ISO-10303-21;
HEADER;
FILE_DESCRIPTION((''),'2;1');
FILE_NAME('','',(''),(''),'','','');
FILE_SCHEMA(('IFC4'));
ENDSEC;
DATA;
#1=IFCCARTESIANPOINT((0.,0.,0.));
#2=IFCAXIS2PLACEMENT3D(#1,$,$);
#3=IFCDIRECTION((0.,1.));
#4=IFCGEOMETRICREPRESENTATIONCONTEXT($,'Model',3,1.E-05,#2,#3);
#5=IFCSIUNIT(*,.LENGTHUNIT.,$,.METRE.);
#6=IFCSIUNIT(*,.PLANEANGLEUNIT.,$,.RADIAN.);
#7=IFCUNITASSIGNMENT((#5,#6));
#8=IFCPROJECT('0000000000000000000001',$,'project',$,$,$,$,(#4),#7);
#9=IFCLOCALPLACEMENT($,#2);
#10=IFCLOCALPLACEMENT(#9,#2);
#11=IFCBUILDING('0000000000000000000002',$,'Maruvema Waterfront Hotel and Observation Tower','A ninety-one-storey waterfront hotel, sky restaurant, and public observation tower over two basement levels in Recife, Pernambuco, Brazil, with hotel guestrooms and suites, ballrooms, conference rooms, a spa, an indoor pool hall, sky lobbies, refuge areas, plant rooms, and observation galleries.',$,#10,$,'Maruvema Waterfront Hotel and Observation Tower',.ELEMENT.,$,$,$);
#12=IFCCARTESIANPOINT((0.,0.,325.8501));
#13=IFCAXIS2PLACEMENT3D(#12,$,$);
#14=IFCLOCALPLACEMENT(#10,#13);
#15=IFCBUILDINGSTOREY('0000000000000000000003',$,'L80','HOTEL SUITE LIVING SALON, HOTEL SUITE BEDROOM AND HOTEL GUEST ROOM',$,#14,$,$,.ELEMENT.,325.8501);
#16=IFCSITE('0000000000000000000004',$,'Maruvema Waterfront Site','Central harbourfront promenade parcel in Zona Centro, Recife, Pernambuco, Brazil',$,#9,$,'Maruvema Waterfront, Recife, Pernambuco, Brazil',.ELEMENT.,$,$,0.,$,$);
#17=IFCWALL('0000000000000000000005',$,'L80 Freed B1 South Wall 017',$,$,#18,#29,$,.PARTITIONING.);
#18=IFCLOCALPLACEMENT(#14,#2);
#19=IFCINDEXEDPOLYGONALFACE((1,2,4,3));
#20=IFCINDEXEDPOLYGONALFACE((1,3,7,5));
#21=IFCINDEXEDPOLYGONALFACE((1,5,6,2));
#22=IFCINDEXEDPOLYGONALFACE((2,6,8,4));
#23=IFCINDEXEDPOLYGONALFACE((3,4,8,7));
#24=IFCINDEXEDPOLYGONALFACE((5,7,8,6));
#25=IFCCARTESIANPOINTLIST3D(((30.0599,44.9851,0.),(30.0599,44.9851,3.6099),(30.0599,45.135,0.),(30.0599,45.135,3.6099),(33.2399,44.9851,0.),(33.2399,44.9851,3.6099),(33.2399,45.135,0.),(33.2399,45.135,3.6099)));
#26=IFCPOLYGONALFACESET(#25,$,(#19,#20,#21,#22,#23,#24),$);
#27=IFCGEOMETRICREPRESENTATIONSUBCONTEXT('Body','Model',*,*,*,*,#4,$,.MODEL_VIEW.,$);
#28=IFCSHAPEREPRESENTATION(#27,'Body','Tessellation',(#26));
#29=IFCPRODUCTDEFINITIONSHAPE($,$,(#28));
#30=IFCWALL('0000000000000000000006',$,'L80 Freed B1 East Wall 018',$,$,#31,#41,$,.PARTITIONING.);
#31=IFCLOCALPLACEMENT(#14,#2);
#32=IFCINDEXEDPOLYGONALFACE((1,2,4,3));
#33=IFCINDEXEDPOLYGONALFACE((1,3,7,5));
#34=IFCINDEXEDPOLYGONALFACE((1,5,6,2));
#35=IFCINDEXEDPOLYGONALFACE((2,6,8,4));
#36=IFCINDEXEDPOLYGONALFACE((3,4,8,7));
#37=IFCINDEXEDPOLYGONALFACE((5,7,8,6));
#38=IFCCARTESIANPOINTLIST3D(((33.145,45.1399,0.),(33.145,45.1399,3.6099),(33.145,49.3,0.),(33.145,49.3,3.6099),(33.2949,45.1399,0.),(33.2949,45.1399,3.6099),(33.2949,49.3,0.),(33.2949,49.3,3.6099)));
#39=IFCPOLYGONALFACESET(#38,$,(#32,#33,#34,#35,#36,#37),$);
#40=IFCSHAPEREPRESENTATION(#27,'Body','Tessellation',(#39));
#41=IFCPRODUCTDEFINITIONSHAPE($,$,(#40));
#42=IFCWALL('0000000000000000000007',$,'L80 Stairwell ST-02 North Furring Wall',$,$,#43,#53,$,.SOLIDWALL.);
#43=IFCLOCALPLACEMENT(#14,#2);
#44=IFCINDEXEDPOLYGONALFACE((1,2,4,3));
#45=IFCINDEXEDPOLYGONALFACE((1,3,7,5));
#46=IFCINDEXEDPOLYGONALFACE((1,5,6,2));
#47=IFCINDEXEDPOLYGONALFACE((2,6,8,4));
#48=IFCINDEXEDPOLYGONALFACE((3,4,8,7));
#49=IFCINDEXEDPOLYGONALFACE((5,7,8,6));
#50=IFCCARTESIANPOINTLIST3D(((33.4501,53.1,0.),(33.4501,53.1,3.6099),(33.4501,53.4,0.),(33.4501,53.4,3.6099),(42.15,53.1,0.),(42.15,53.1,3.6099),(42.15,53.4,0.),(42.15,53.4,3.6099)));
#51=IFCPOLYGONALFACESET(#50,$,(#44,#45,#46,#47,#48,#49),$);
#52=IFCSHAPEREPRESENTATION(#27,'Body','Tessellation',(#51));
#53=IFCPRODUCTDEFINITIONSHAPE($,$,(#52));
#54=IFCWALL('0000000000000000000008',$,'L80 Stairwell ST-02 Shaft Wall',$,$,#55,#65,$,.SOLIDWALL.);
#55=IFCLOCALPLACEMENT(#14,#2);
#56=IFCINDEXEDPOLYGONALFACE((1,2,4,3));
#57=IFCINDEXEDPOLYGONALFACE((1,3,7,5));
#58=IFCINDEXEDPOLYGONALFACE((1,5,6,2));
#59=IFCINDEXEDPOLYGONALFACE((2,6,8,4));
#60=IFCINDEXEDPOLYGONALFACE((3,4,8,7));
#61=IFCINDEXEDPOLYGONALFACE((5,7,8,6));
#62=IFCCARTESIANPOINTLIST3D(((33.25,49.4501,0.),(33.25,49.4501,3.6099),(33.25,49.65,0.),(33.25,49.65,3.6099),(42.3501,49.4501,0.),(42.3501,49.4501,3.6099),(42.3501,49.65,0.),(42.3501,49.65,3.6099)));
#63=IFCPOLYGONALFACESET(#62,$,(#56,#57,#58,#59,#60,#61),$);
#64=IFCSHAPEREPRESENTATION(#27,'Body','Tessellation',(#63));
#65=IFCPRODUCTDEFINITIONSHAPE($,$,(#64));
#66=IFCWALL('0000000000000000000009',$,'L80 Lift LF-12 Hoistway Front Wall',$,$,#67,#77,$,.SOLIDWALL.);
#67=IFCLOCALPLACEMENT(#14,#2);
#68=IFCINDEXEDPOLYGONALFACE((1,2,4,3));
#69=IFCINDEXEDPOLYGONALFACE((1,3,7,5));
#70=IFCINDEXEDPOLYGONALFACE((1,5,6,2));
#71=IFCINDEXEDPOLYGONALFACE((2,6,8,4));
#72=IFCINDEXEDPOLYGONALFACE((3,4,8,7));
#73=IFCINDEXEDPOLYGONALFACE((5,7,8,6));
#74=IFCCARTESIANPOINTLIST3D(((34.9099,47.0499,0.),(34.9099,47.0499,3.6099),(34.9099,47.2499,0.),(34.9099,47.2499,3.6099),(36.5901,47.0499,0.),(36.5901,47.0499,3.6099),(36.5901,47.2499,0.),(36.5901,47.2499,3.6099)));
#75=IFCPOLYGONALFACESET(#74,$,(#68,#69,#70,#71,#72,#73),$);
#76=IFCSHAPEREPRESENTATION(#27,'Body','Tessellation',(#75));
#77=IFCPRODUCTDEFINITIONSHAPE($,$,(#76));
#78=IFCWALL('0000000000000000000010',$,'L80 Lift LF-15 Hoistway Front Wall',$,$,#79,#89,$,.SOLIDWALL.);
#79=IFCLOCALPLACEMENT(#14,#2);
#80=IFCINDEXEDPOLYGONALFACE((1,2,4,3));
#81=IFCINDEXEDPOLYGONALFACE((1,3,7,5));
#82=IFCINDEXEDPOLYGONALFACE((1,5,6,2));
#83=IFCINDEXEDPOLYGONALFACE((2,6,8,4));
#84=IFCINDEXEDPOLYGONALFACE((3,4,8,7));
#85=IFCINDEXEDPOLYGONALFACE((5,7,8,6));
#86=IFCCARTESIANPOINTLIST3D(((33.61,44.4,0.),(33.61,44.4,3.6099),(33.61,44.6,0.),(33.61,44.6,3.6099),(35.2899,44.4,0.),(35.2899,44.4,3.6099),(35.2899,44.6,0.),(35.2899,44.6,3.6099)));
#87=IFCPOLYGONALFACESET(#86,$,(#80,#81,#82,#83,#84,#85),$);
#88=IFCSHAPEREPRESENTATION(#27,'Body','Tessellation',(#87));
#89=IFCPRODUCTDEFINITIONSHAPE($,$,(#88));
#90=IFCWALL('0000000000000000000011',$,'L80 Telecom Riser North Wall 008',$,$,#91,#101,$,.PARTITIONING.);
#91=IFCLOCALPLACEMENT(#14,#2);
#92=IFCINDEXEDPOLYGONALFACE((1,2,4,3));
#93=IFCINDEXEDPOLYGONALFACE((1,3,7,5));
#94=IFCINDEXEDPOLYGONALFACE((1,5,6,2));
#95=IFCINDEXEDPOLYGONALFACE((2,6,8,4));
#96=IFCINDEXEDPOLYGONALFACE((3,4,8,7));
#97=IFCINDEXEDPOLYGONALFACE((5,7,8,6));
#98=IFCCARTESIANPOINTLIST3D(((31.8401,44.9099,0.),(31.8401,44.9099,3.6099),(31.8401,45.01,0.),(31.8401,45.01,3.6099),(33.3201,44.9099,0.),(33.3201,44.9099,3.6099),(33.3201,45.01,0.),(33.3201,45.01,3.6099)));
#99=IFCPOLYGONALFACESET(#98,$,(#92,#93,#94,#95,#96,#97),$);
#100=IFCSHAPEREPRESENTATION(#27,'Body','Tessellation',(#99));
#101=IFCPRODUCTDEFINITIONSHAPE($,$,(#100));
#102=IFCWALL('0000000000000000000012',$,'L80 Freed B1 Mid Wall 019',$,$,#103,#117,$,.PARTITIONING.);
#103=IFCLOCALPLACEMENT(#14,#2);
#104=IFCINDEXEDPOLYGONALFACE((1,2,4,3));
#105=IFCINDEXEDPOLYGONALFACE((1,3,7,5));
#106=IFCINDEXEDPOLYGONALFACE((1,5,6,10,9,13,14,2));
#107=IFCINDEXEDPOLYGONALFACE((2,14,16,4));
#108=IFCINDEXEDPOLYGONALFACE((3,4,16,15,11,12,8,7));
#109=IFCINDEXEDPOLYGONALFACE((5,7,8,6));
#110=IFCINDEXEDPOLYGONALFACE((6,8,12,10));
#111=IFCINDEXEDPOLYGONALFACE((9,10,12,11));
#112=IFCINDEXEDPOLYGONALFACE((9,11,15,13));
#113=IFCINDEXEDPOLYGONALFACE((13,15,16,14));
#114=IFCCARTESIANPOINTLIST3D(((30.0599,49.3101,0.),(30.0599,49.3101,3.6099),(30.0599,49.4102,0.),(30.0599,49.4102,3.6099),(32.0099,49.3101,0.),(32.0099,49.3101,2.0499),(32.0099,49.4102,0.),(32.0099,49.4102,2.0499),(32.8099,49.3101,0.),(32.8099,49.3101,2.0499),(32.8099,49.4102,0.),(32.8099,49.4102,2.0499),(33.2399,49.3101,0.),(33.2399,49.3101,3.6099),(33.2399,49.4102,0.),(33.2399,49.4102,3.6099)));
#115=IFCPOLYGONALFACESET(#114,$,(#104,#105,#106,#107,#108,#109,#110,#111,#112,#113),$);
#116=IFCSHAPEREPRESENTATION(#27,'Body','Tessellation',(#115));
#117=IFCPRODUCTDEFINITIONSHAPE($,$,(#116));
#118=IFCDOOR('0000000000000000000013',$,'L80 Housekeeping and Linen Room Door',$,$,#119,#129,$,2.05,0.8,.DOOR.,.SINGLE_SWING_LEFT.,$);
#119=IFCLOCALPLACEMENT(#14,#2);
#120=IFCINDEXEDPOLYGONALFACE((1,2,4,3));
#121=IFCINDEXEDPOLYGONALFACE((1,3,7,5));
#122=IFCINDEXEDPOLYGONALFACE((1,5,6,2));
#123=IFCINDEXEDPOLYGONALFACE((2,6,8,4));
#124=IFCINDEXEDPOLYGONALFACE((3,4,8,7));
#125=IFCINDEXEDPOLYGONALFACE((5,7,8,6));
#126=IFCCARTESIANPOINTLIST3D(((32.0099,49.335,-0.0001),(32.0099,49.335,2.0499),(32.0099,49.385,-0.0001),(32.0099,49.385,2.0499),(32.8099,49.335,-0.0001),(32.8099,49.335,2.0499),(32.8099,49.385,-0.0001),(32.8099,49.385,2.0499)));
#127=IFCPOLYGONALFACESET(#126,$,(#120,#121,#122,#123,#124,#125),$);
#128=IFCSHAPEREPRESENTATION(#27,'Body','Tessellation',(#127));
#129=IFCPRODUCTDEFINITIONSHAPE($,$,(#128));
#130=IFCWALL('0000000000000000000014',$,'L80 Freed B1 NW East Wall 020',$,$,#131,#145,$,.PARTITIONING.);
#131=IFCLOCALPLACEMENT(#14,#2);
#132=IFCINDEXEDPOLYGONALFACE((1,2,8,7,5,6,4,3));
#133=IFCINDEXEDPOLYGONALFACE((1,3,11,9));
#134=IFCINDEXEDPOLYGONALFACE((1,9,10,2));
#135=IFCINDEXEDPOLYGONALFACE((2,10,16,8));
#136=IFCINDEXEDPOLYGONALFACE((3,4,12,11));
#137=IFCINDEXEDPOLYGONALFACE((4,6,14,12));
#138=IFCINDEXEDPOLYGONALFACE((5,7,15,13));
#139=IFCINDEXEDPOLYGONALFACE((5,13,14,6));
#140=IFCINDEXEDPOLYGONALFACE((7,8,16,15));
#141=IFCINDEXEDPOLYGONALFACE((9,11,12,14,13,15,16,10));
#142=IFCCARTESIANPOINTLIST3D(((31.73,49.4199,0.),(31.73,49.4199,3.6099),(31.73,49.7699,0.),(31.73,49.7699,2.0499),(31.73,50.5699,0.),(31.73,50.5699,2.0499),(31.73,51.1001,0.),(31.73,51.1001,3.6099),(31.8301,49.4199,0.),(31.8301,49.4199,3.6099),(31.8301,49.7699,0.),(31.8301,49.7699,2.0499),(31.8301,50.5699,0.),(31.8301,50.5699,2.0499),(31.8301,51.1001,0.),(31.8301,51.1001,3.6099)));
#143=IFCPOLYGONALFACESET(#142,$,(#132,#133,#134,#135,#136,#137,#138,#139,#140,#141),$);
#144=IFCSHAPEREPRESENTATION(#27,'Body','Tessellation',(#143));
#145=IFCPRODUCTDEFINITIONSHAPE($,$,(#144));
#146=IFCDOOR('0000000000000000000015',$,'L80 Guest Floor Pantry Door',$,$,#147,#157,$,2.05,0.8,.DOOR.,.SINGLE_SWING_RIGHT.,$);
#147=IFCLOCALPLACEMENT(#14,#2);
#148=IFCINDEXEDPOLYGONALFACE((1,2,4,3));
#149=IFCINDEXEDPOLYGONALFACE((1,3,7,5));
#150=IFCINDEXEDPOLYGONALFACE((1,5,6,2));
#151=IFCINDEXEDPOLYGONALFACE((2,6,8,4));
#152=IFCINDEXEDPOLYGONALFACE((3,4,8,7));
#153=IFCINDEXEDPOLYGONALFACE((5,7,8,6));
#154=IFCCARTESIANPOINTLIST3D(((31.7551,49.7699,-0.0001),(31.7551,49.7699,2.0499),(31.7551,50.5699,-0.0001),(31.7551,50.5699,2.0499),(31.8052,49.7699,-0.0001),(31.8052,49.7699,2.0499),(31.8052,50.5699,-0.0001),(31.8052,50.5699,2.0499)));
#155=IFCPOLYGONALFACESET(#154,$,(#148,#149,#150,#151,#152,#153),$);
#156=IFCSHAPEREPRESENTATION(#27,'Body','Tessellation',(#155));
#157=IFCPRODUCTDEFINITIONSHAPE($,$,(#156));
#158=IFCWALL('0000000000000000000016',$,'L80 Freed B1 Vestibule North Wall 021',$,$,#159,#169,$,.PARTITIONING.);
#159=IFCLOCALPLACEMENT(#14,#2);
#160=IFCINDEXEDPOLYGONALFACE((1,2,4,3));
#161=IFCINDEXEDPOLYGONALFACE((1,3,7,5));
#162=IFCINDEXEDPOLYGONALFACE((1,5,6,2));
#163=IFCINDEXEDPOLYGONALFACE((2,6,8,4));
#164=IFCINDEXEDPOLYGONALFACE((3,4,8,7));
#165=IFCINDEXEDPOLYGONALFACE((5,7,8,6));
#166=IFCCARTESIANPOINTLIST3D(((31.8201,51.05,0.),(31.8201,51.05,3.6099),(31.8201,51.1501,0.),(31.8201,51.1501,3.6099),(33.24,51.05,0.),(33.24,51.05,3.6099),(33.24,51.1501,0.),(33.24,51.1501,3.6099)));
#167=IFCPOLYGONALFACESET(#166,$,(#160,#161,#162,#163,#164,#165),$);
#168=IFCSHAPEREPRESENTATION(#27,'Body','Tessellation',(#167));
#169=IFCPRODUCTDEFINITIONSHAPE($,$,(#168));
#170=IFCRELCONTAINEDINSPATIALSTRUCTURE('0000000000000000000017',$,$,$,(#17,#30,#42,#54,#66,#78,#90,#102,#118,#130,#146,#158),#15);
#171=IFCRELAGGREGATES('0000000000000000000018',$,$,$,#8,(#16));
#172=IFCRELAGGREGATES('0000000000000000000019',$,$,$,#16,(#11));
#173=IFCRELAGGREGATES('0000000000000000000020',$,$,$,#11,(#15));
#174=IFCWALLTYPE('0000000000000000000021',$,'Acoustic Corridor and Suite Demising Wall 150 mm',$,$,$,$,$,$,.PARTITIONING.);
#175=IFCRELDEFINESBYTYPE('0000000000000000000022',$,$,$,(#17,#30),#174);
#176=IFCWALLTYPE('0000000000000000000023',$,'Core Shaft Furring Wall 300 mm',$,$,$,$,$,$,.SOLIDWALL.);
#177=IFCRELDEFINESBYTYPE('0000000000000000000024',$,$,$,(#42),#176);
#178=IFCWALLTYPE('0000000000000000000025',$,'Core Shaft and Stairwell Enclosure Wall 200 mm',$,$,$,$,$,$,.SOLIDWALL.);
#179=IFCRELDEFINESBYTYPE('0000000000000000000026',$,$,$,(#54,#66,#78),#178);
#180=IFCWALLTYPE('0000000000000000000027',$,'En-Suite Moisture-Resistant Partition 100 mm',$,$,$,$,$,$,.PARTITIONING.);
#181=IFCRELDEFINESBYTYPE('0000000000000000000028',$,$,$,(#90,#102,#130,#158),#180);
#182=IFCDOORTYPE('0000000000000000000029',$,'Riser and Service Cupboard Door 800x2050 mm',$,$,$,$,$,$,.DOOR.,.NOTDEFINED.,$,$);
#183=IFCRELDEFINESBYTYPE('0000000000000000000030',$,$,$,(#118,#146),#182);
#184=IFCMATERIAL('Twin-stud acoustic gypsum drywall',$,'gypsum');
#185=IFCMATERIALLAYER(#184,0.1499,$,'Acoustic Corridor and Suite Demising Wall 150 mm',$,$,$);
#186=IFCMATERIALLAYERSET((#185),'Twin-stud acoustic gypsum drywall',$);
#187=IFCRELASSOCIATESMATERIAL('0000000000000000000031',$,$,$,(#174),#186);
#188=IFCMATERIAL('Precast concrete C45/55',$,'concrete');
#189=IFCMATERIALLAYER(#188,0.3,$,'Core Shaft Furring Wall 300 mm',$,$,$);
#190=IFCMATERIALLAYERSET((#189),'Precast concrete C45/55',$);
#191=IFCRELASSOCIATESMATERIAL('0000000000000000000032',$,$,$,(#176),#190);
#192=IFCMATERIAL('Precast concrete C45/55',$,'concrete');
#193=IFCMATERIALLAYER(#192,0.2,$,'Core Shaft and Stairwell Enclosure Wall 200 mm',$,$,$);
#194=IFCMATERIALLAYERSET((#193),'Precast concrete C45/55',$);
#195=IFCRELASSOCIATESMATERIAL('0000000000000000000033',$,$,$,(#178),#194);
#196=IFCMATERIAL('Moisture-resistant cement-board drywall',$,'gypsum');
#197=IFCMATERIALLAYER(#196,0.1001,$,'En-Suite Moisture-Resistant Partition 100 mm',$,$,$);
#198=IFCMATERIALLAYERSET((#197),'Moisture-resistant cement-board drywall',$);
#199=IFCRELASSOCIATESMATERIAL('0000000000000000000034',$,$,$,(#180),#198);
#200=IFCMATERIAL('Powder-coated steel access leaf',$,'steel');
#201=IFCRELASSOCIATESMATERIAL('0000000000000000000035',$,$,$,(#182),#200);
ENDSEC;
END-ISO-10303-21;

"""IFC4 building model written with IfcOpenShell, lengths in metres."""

from ifc_helpers import new_model, si_unit, direction, frame, frame_2d, origin, place, context, subcontext, project, spatial, rectangle, extrude, material, layer, layer_set, type_object, element, fill, save


model = new_model("IFC4")

# Units and contexts
model_context = context("Model", 3, precision=1e-05, world=origin(), true_north=direction((0.0, 1.0)))
body_context = subcontext(model_context, "Body", "Model", "MODEL_VIEW")
ifc_project = project(units=[si_unit("LENGTHUNIT", "METRE"), si_unit("PLANEANGLEUNIT", "RADIAN")], contexts=[model_context])

# Site, building, storey
site_placement = place(None, origin())
site = spatial("IfcSite", under=ifc_project, at=site_placement, Name="Maruvema Waterfront Site", Description="Central harbourfront promenade parcel in Zona Centro, Recife, Pernambuco, Brazil", LongName="Maruvema Waterfront, Recife, Pernambuco, Brazil", CompositionType="ELEMENT", RefElevation=0.0)
building_placement = place(site_placement, origin())
building = spatial("IfcBuilding", under=site, at=building_placement, Name="Maruvema Waterfront Hotel and Observation Tower", Description="A ninety-one-storey waterfront hotel, sky restaurant, and public observation tower over two basement levels in Recife, Pernambuco, Brazil, with hotel guestrooms and suites, ballrooms, conference rooms, a spa, an indoor pool hall, sky lobbies, refuge areas, plant rooms, and observation galleries.", LongName="Maruvema Waterfront Hotel and Observation Tower", CompositionType="ELEMENT")
storey_placement = place(building_placement, frame((0.0, 0.0, 325.8501)))
storey = spatial("IfcBuildingStorey", under=building, at=storey_placement, Name="L80", Description="HOTEL SUITE LIVING SALON, HOTEL SUITE BEDROOM AND HOTEL GUEST ROOM", CompositionType="ELEMENT", Elevation=325.8501)

# Walls
ifc_material_1 = material(Name="Twin-stud acoustic gypsum drywall", Category="gypsum")
ifc_layer_1 = layer(ifc_material_1, 0.1499, Name="Acoustic Corridor and Suite Demising Wall 150 mm")
ifc_layer_set_1 = layer_set([ifc_layer_1], Name="Twin-stud acoustic gypsum drywall")
wall_type_1 = type_object("IfcWallType", Name="Acoustic Corridor and Suite Demising Wall 150 mm", PredefinedType="PARTITIONING", material=ifc_layer_set_1)
wall_1_placement = place(storey_placement, frame((30.0601, 45.0601, 0.0), z_axis=(0.0, 0.0, 1.0), x_axis=(1.0, 0.0, 0.0)))
element("IfcWall", 1, at=wall_1_placement, inside=storey, type_object=wall_type_1, Name="L80 Freed B1 South Wall 017", PredefinedType="PARTITIONING", context=body_context, shape_type="SweptSolid", body=[
    extrude(rectangle(XDim=3.1799, YDim=0.1499, at=frame_2d((1.5898, 0.0))), origin(), (0.0, 0.0, 1.0), 3.6099),
])
wall_2_placement = place(storey_placement, frame((33.22, 45.1399, 0.0), z_axis=(0.0, 0.0, 1.0), x_axis=(0.0, 1.0, 0.0)))
element("IfcWall", 2, at=wall_2_placement, inside=storey, type_object=wall_type_1, Name="L80 Freed B1 East Wall 018", PredefinedType="PARTITIONING", context=body_context, shape_type="SweptSolid", body=[
    extrude(rectangle(XDim=4.1602, YDim=0.1499, at=frame_2d((2.0801, 0.0))), origin(), (0.0, 0.0, 1.0), 3.6099),
])
ifc_material_2 = material(Name="Precast concrete C45/55", Category="concrete")
ifc_layer_2 = layer(ifc_material_2, 0.3, Name="Core Shaft Furring Wall 300 mm")
ifc_layer_set_2 = layer_set([ifc_layer_2], Name="Precast concrete C45/55")
wall_type_2 = type_object("IfcWallType", Name="Core Shaft Furring Wall 300 mm", PredefinedType="SOLIDWALL", material=ifc_layer_set_2)
wall_3_placement = place(storey_placement, frame((33.45, 53.25, 0.0), z_axis=(0.0, 0.0, 1.0), x_axis=(1.0, 0.0, 0.0)))
element("IfcWall", 3, at=wall_3_placement, inside=storey, type_object=wall_type_2, Name="L80 Stairwell ST-02 North Furring Wall", PredefinedType="SOLIDWALL", context=body_context, shape_type="SweptSolid", body=[
    extrude(rectangle(XDim=8.7, YDim=0.3, at=frame_2d((4.3501, 0.0))), origin(), (0.0, 0.0, 1.0), 3.6099),
])
ifc_material_3 = material(Name="Precast concrete C45/55", Category="concrete")
ifc_layer_3 = layer(ifc_material_3, 0.2, Name="Core Shaft and Stairwell Enclosure Wall 200 mm")
ifc_layer_set_3 = layer_set([ifc_layer_3], Name="Precast concrete C45/55")
wall_type_3 = type_object("IfcWallType", Name="Core Shaft and Stairwell Enclosure Wall 200 mm", PredefinedType="SOLIDWALL", material=ifc_layer_set_3)
wall_4_placement = place(storey_placement, frame((33.25, 49.55, 0.0), z_axis=(0.0, 0.0, 1.0), x_axis=(1.0, 0.0, 0.0)))
element("IfcWall", 4, at=wall_4_placement, inside=storey, type_object=wall_type_3, Name="L80 Stairwell ST-02 Shaft Wall", PredefinedType="SOLIDWALL", context=body_context, shape_type="SweptSolid", body=[
    extrude(rectangle(XDim=9.1001, YDim=0.2, at=frame_2d((4.55, 0.0))), origin(), (0.0, 0.0, 1.0), 3.6099),
])

# Walls
wall_5_placement = place(storey_placement, frame((34.9099, 47.1499, 0.0), z_axis=(0.0, 0.0, 1.0), x_axis=(1.0, 0.0, 0.0)))
element("IfcWall", 5, at=wall_5_placement, inside=storey, type_object=wall_type_3, Name="L80 Lift LF-12 Hoistway Front Wall", PredefinedType="SOLIDWALL", context=body_context, shape_type="SweptSolid", body=[
    extrude(rectangle(XDim=1.6802, YDim=0.2, at=frame_2d((0.8401, 0.0))), origin(), (0.0, 0.0, 1.0), 3.6099),
])
wall_6_placement = place(storey_placement, frame((33.6101, 44.5, 0.0), z_axis=(0.0, 0.0, 1.0), x_axis=(1.0, 0.0, 0.0)))
element("IfcWall", 6, at=wall_6_placement, inside=storey, type_object=wall_type_3, Name="L80 Lift LF-15 Hoistway Front Wall", PredefinedType="SOLIDWALL", context=body_context, shape_type="SweptSolid", body=[
    extrude(rectangle(XDim=1.6799, YDim=0.2, at=frame_2d((0.8398, 0.0))), origin(), (0.0, 0.0, 1.0), 3.6099),
])
ifc_material_4 = material(Name="Moisture-resistant cement-board drywall", Category="gypsum")
ifc_layer_4 = layer(ifc_material_4, 0.1001, Name="En-Suite Moisture-Resistant Partition 100 mm")
ifc_layer_set_4 = layer_set([ifc_layer_4], Name="Moisture-resistant cement-board drywall")
wall_type_4 = type_object("IfcWallType", Name="En-Suite Moisture-Resistant Partition 100 mm", PredefinedType="PARTITIONING", material=ifc_layer_set_4)
wall_7_placement = place(storey_placement, frame((31.8401, 44.96, 0.0), z_axis=(0.0, 0.0, 1.0), x_axis=(1.0, 0.0, 0.0)))
element("IfcWall", 7, at=wall_7_placement, inside=storey, type_object=wall_type_4, Name="L80 Telecom Riser North Wall 008", PredefinedType="PARTITIONING", context=body_context, shape_type="SweptSolid", body=[
    extrude(rectangle(XDim=1.48, YDim=0.1001, at=frame_2d((0.74, 0.0))), origin(), (0.0, 0.0, 1.0), 3.6099),
])

# Walls, openings, doors
wall_8_placement = place(storey_placement, frame((30.0601, 49.3601, 0.0), z_axis=(0.0, 0.0, 1.0), x_axis=(1.0, 0.0, 0.0)))
wall_8 = element("IfcWall", 8, at=wall_8_placement, inside=storey, type_object=wall_type_4, Name="L80 Freed B1 Mid Wall 019", PredefinedType="PARTITIONING", context=body_context, shape_type="SweptSolid", body=[
    extrude(rectangle(XDim=3.1799, YDim=0.1001, at=frame_2d((1.5898, 0.0))), origin(), (0.0, 0.0, 1.0), 3.6099),
])
opening_1_placement = place(wall_8_placement, frame((1.95, 0.0, 0.0)))
opening_1 = element("IfcOpeningElement", 9, at=opening_1_placement, cuts=wall_8, PredefinedType="OPENING", context=body_context, shape_type="SweptSolid", body=[
    extrude(rectangle(XDim=0.8, YDim=2.05, at=frame_2d((0.3999, 1.0249))), frame((0.0, 0.0601, 0.0), z_axis=(0.0, -1.0, 0.0), x_axis=(1.0, 0.0, 0.0)), (0.0, 0.0, 1.0), 0.1201),
])
ifc_material_5 = material(Name="Powder-coated steel access leaf", Category="steel")
door_type_1 = type_object("IfcDoorType", Name="Riser and Service Cupboard Door 800x2050 mm", OperationType="NOTDEFINED", PredefinedType="DOOR", material=ifc_material_5)
door_1_placement = place(opening_1_placement, origin())
door_1 = element("IfcDoor", 10, at=door_1_placement, inside=storey, type_object=door_type_1, Name="L80 Housekeeping and Linen Room Door", OperationType="SINGLE_SWING_LEFT", OverallHeight=2.05, OverallWidth=0.8, PredefinedType="DOOR", context=body_context, shape_type="SweptSolid", body=[
    extrude(rectangle(XDim=0.8, YDim=2.05, at=frame_2d((0.3999, 1.0249))), frame((0.0, 0.0249, 0.0), z_axis=(0.0, -1.0, 0.0), x_axis=(1.0, 0.0, 0.0)), (0.0, 0.0, 1.0), 0.05),
])
fill(opening_1, door_1)
wall_9_placement = place(storey_placement, frame((31.78, 49.4199, 0.0), z_axis=(0.0, 0.0, 1.0), x_axis=(0.0, 1.0, 0.0)))
wall_9 = element("IfcWall", 11, at=wall_9_placement, inside=storey, type_object=wall_type_4, Name="L80 Freed B1 NW East Wall 020", PredefinedType="PARTITIONING", context=body_context, shape_type="SweptSolid", body=[
    extrude(rectangle(XDim=1.6802, YDim=0.1001, at=frame_2d((0.8401, 0.0))), origin(), (0.0, 0.0, 1.0), 3.6099),
])
opening_2_placement = place(wall_9_placement, frame((0.3501, 0.0, 0.0)))
opening_2 = element("IfcOpeningElement", 12, at=opening_2_placement, cuts=wall_9, PredefinedType="OPENING", context=body_context, shape_type="SweptSolid", body=[
    extrude(rectangle(XDim=0.8, YDim=2.05, at=frame_2d((0.3999, 1.0249))), frame((0.0, 0.0601, 0.0), z_axis=(0.0, -1.0, 0.0), x_axis=(1.0, 0.0, 0.0)), (0.0, 0.0, 1.0), 0.1201),
])
door_2_placement = place(opening_2_placement, origin())
door_2 = element("IfcDoor", 13, at=door_2_placement, inside=storey, type_object=door_type_1, Name="L80 Guest Floor Pantry Door", OperationType="SINGLE_SWING_RIGHT", OverallHeight=2.05, OverallWidth=0.8, PredefinedType="DOOR", context=body_context, shape_type="SweptSolid", body=[
    extrude(rectangle(XDim=0.8, YDim=2.05, at=frame_2d((0.3999, 1.0249))), frame((0.0, 0.0249, 0.0), z_axis=(0.0, -1.0, 0.0), x_axis=(1.0, 0.0, 0.0)), (0.0, 0.0, 1.0), 0.05),
])
fill(opening_2, door_2)

# Wall
wall_10_placement = place(storey_placement, frame((31.8201, 51.1001, 0.0), z_axis=(0.0, 0.0, 1.0), x_axis=(1.0, 0.0, 0.0)))
element("IfcWall", 14, at=wall_10_placement, inside=storey, type_object=wall_type_4, Name="L80 Freed B1 Vestibule North Wall 021", PredefinedType="PARTITIONING", context=body_context, shape_type="SweptSolid", body=[
    extrude(rectangle(XDim=1.4199, YDim=0.1001, at=frame_2d((0.71, 0.0))), origin(), (0.0, 0.0, 1.0), 3.6099),
])

save(model, "model.ifc")
